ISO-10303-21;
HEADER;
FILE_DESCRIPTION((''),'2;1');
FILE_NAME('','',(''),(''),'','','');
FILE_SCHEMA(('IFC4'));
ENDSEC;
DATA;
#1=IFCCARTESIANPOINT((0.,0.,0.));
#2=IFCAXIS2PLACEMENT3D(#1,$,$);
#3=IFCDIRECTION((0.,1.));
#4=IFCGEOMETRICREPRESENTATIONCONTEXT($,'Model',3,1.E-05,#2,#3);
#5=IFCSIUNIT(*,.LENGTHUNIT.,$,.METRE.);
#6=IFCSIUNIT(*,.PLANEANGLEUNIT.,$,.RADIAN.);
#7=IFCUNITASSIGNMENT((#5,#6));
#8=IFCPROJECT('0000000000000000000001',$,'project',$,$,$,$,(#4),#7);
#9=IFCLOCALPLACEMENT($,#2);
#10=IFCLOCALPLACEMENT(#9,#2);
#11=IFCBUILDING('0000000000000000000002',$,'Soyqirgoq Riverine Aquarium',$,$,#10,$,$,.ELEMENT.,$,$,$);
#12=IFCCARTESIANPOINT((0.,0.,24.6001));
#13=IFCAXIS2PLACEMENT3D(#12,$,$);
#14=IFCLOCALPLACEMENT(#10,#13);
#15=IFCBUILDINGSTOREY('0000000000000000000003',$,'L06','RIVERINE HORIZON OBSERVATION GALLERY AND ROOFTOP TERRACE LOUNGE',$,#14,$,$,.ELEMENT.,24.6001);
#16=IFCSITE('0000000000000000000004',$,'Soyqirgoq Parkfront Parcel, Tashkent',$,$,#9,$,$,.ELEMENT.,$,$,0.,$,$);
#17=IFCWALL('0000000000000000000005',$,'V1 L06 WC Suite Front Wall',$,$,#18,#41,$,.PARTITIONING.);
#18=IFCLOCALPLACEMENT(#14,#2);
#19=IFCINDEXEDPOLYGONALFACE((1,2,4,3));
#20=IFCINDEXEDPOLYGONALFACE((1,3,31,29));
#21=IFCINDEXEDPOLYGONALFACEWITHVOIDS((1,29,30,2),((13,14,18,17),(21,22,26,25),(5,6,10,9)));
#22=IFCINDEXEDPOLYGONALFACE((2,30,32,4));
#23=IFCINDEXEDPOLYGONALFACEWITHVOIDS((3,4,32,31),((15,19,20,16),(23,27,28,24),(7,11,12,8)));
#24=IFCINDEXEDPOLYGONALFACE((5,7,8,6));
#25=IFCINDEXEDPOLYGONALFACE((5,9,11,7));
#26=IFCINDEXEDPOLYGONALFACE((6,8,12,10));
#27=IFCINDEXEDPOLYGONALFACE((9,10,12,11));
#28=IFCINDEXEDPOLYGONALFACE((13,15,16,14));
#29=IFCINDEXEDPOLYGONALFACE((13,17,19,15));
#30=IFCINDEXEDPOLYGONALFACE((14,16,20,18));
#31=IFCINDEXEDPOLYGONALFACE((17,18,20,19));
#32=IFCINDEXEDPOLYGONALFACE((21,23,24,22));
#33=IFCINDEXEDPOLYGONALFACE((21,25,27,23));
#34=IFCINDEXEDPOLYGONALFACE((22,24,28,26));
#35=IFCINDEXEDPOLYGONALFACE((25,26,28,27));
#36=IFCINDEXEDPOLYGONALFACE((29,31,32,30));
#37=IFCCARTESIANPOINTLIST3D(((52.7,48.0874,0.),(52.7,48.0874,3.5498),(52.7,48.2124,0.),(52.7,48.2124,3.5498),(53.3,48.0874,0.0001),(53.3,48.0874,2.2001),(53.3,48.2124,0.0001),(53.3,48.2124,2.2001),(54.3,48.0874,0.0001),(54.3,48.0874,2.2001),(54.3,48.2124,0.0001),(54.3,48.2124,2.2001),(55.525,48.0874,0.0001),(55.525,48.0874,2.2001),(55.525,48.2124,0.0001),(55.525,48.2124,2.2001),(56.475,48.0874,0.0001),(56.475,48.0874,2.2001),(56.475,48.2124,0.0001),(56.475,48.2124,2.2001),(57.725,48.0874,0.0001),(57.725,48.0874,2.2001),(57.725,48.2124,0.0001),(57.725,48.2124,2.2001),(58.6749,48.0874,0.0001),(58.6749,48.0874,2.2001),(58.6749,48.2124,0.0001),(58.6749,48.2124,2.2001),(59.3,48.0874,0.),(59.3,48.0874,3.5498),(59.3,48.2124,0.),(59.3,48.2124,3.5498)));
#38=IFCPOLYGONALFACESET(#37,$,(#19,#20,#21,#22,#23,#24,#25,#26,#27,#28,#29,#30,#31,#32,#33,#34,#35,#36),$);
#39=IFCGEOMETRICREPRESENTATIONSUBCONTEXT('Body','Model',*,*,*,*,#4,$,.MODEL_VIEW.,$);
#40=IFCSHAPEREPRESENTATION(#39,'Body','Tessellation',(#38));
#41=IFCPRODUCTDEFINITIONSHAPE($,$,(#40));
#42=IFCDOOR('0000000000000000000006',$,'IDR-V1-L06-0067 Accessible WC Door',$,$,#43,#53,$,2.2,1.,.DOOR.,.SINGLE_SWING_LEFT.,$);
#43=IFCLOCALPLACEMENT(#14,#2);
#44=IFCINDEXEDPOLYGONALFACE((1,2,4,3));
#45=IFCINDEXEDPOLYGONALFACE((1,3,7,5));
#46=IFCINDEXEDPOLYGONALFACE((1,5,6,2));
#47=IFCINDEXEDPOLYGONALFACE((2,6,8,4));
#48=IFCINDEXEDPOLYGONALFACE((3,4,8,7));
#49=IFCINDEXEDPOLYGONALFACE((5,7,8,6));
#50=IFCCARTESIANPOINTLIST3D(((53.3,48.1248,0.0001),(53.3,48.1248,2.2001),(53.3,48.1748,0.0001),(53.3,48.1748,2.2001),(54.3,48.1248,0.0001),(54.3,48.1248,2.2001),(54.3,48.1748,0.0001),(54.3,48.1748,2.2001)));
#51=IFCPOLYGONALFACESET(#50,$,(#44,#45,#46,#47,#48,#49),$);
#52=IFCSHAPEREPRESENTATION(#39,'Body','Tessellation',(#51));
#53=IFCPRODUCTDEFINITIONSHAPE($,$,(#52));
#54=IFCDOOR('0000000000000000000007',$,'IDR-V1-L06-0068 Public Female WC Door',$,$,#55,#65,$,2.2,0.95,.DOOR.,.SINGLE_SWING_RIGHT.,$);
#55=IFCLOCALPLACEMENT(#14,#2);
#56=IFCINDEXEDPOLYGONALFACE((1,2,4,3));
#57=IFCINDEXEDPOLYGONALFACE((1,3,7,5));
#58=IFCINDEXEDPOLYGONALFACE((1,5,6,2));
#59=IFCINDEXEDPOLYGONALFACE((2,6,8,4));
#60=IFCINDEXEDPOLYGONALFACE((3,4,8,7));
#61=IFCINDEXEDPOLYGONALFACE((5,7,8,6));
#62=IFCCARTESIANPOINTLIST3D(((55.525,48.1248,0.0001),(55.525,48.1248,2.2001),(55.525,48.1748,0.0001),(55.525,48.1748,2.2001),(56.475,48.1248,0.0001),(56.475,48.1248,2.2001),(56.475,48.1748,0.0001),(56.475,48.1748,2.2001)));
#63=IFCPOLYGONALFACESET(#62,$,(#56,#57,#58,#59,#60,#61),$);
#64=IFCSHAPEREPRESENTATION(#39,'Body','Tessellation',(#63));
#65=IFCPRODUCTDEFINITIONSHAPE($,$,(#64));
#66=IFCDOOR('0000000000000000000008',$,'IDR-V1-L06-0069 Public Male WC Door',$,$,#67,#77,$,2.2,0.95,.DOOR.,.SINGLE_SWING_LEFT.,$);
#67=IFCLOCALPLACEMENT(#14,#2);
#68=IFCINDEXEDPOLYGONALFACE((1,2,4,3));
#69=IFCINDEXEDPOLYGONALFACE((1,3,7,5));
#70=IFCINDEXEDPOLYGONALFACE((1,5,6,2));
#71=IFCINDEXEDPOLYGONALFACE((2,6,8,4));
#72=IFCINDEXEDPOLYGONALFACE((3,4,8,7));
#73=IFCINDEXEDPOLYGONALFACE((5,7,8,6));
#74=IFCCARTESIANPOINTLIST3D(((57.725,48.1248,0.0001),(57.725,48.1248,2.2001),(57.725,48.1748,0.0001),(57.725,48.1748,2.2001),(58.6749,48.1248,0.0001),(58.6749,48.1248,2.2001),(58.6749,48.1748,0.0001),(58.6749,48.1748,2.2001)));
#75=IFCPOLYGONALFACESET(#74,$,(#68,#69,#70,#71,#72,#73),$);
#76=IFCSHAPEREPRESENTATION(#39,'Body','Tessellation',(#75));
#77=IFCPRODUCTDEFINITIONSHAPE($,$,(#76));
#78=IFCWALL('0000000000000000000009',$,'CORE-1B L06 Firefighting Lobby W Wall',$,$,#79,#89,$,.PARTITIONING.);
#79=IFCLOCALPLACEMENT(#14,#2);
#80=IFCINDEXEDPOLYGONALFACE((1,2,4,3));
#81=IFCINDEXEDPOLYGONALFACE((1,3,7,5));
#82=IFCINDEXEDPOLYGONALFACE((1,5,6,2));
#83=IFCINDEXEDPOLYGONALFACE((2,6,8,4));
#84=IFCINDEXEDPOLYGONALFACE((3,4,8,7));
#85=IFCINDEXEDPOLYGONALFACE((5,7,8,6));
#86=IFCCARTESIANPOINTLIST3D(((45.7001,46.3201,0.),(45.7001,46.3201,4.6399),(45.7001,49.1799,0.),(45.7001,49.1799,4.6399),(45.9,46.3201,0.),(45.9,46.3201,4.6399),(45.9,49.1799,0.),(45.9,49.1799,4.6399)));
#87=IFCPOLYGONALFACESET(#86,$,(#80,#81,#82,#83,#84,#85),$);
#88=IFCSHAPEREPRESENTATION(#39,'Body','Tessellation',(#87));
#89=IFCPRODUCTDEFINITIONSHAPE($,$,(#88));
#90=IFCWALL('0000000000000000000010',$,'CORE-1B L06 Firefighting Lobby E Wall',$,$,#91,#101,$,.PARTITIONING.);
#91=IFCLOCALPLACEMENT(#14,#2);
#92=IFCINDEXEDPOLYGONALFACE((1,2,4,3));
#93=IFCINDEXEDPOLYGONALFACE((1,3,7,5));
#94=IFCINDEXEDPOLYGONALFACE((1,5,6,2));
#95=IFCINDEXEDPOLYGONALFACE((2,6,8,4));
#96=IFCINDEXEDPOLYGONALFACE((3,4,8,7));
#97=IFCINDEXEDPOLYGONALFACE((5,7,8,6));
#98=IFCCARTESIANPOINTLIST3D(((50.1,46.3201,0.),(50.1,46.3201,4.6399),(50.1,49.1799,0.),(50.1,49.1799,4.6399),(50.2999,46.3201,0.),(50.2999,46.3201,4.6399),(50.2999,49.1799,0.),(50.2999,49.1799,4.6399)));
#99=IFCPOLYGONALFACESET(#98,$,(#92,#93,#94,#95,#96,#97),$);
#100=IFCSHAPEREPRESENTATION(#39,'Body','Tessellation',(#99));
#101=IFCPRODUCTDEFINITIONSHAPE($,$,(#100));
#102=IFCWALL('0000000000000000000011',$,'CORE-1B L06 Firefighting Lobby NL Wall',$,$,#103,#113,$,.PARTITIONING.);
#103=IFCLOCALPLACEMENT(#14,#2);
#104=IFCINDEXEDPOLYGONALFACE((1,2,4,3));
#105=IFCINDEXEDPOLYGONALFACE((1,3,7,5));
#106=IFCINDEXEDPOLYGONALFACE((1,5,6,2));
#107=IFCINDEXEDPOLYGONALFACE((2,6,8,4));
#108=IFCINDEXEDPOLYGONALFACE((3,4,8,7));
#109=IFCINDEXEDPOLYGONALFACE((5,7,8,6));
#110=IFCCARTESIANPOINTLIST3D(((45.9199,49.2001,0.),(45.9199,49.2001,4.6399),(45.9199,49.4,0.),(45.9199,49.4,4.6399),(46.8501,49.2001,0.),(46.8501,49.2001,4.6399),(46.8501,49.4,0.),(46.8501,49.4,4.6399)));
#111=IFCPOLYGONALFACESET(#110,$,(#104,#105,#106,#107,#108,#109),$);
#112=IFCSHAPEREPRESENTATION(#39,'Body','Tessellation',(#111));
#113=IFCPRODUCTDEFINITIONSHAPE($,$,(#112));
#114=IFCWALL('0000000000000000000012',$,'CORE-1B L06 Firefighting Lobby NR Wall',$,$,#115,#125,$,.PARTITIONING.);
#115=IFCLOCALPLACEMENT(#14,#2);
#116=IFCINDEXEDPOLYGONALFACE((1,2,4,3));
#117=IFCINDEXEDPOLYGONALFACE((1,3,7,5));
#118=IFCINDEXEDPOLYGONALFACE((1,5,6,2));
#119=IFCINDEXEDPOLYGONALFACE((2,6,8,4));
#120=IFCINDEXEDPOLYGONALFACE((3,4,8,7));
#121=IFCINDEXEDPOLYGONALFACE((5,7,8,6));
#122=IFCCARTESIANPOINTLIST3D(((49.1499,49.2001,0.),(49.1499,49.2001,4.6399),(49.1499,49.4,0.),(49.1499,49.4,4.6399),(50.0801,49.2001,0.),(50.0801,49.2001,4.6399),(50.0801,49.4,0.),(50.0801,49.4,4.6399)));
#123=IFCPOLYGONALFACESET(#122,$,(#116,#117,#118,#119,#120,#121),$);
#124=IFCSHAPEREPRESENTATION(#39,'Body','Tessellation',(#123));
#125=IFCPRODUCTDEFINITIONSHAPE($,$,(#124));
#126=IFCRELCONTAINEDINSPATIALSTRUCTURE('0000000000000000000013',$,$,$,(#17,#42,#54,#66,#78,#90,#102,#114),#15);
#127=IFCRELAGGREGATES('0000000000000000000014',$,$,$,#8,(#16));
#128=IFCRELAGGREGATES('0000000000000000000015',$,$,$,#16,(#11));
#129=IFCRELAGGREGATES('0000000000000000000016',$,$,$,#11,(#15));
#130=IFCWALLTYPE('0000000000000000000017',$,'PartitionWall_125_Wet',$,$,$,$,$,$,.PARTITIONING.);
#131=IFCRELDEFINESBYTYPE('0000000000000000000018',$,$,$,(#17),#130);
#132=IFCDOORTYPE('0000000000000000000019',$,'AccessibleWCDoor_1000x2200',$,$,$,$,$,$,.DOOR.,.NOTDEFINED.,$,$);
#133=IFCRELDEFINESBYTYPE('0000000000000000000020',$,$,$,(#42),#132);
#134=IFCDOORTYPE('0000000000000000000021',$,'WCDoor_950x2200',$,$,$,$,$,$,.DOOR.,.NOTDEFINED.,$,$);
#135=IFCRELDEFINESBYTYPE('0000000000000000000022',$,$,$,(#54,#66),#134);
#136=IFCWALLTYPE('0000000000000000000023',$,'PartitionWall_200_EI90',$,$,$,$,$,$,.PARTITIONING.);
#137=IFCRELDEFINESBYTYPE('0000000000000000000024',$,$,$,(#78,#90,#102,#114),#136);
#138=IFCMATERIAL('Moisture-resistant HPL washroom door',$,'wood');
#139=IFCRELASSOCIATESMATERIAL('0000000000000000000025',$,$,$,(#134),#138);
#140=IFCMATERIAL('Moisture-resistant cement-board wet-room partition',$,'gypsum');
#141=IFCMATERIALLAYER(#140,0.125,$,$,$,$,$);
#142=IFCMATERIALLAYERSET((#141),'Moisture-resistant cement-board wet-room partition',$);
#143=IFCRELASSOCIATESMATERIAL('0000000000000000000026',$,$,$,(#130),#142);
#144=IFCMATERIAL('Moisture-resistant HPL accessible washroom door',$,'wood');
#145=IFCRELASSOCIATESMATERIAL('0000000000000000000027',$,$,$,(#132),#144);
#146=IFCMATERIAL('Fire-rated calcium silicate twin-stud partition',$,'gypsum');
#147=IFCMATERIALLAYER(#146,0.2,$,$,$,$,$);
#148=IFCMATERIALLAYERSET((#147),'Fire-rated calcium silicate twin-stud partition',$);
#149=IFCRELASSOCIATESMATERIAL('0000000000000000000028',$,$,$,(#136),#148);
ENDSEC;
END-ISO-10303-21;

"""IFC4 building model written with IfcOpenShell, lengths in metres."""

from ifc_helpers import new_model, si_unit, direction, frame, frame_2d, origin, place, context, subcontext, project, spatial, rectangle, extrude, material, layer, layer_set, type_object, element, fill, save


model = new_model("IFC4")

# Units and contexts
model_context = context("Model", 3, precision=1e-05, world=origin(), true_north=direction((0.0, 1.0)))
body_context = subcontext(model_context, "Body", "Model", "MODEL_VIEW")
ifc_project = project(units=[si_unit("LENGTHUNIT", "METRE"), si_unit("PLANEANGLEUNIT", "RADIAN")], contexts=[model_context])

# Site, building, storey
site_placement = place(None, origin())
site = spatial("IfcSite", under=ifc_project, at=site_placement, Name="Soyqirgoq Parkfront Parcel, Tashkent", CompositionType="ELEMENT", RefElevation=0.0)
building_placement = place(site_placement, origin())
building = spatial("IfcBuilding", under=site, at=building_placement, Name="Soyqirgoq Riverine Aquarium", CompositionType="ELEMENT")
storey_placement = place(building_placement, frame((0.0, 0.0, 24.6001)))
storey = spatial("IfcBuildingStorey", under=building, at=storey_placement, Name="L06", Description="RIVERINE HORIZON OBSERVATION GALLERY AND ROOFTOP TERRACE LOUNGE", CompositionType="ELEMENT", Elevation=24.6001)

# Shared definitions
ifc_material_1 = material(Name="Moisture-resistant HPL washroom door", Category="wood")
door_type_1 = type_object("IfcDoorType", Name="WCDoor_950x2200", OperationType="NOTDEFINED", PredefinedType="DOOR", material=ifc_material_1)

# Wall, openings, doors
ifc_material_2 = material(Name="Moisture-resistant cement-board wet-room partition", Category="gypsum")
ifc_layer_1 = layer(ifc_material_2, 0.125)
ifc_layer_set_1 = layer_set([ifc_layer_1], Name="Moisture-resistant cement-board wet-room partition")
wall_type_1 = type_object("IfcWallType", Name="PartitionWall_125_Wet", PredefinedType="PARTITIONING", material=ifc_layer_set_1)
wall_1_placement = place(storey_placement, frame((52.7, 48.1499, 0.0), z_axis=(0.0, 0.0, 1.0), x_axis=(1.0, 0.0, 0.0)))
wall_1 = element("IfcWall", 1, at=wall_1_placement, inside=storey, type_object=wall_type_1, Name="V1 L06 WC Suite Front Wall", PredefinedType="PARTITIONING", context=body_context, shape_type="SweptSolid", body=[
    extrude(rectangle(XDim=6.6001, YDim=0.125, at=frame_2d((3.3, 0.0))), origin(), (0.0, 0.0, 1.0), 3.5498),
])
opening_1_placement = place(wall_1_placement, frame((0.6001, 0.0, 0.0)))
opening_1 = element("IfcOpeningElement", 2, at=opening_1_placement, cuts=wall_1, PredefinedType="OPENING", context=body_context, shape_type="SweptSolid", body=[
    extrude(rectangle(XDim=1.0, YDim=2.2, at=frame_2d((0.5, 1.1001))), frame((0.0, 0.0725, 0.0), z_axis=(0.0, -1.0, 0.0), x_axis=(1.0, 0.0, 0.0)), (0.0, 0.0, 1.0), 0.145),
])
opening_2_placement = place(wall_1_placement, frame((2.825, 0.0, 0.0)))
opening_2 = element("IfcOpeningElement", 3, at=opening_2_placement, cuts=wall_1, PredefinedType="OPENING", context=body_context, shape_type="SweptSolid", body=[
    extrude(rectangle(XDim=0.95, YDim=2.2, at=frame_2d((0.4751, 1.1001))), frame((0.0, 0.0725, 0.0), z_axis=(0.0, -1.0, 0.0), x_axis=(1.0, 0.0, 0.0)), (0.0, 0.0, 1.0), 0.145),
])
opening_3_placement = place(wall_1_placement, frame((5.0249, 0.0, 0.0)))
opening_3 = element("IfcOpeningElement", 4, at=opening_3_placement, cuts=wall_1, PredefinedType="OPENING", context=body_context, shape_type="SweptSolid", body=[
    extrude(rectangle(XDim=0.95, YDim=2.2, at=frame_2d((0.4751, 1.1001))), frame((0.0, 0.0725, 0.0), z_axis=(0.0, -1.0, 0.0), x_axis=(1.0, 0.0, 0.0)), (0.0, 0.0, 1.0), 0.145),
])
ifc_material_3 = material(Name="Moisture-resistant HPL accessible washroom door", Category="wood")
door_type_2 = type_object("IfcDoorType", Name="AccessibleWCDoor_1000x2200", OperationType="NOTDEFINED", PredefinedType="DOOR", material=ifc_material_3)
door_1_placement = place(opening_1_placement, origin())
door_1 = element("IfcDoor", 5, at=door_1_placement, inside=storey, type_object=door_type_2, Name="IDR-V1-L06-0067 Accessible WC Door", OperationType="SINGLE_SWING_LEFT", OverallHeight=2.2, OverallWidth=1.0, PredefinedType="DOOR", context=body_context, shape_type="SweptSolid", body=[
    extrude(rectangle(XDim=1.0, YDim=2.2, at=frame_2d((0.5, 1.1001))), frame((0.0, 0.0249, 0.0), z_axis=(0.0, -1.0, 0.0), x_axis=(1.0, 0.0, 0.0)), (0.0, 0.0, 1.0), 0.05),
])
fill(opening_1, door_1)
door_2_placement = place(opening_2_placement, origin())
door_2 = element("IfcDoor", 6, at=door_2_placement, inside=storey, type_object=door_type_1, Name="IDR-V1-L06-0068 Public Female WC Door", OperationType="SINGLE_SWING_RIGHT", OverallHeight=2.2, OverallWidth=0.95, PredefinedType="DOOR", context=body_context, shape_type="SweptSolid", body=[
    extrude(rectangle(XDim=0.95, YDim=2.2, at=frame_2d((0.4751, 1.1001))), frame((0.0, 0.0249, 0.0), z_axis=(0.0, -1.0, 0.0), x_axis=(1.0, 0.0, 0.0)), (0.0, 0.0, 1.0), 0.05),
])
fill(opening_2, door_2)
door_3_placement = place(opening_3_placement, origin())
door_3 = element("IfcDoor", 7, at=door_3_placement, inside=storey, type_object=door_type_1, Name="IDR-V1-L06-0069 Public Male WC Door", OperationType="SINGLE_SWING_LEFT", OverallHeight=2.2, OverallWidth=0.95, PredefinedType="DOOR", context=body_context, shape_type="SweptSolid", body=[
    extrude(rectangle(XDim=0.95, YDim=2.2, at=frame_2d((0.4751, 1.1001))), frame((0.0, 0.0249, 0.0), z_axis=(0.0, -1.0, 0.0), x_axis=(1.0, 0.0, 0.0)), (0.0, 0.0, 1.0), 0.05),
])
fill(opening_3, door_3)

# Shared definitions
ifc_material_4 = material(Name="Fire-rated calcium silicate twin-stud partition", Category="gypsum")
ifc_layer_2 = layer(ifc_material_4, 0.2)
ifc_layer_set_2 = layer_set([ifc_layer_2], Name="Fire-rated calcium silicate twin-stud partition")
wall_type_2 = type_object("IfcWallType", Name="PartitionWall_200_EI90", PredefinedType="PARTITIONING", material=ifc_layer_set_2)

# Walls
for number, where, z_axis, x_axis, name in (
    (8, (45.8, 46.3201, 0.0), (0.0, 0.0, 1.0), (0.0, 1.0, 0.0), "CORE-1B L06 Firefighting Lobby W Wall"),
    (9, (50.2, 46.3201, 0.0), (0.0, 0.0, 1.0), (0.0, 1.0, 0.0), "CORE-1B L06 Firefighting Lobby E Wall"),
):
    element("IfcWall", number, at=place(storey_placement, frame(where, z_axis=z_axis, x_axis=x_axis)), inside=storey, type_object=wall_type_2, Name=name, PredefinedType="PARTITIONING", context=body_context, shape_type="SweptSolid", body=[
        extrude(rectangle(XDim=2.8599, YDim=0.2, at=frame_2d((1.4299, 0.0))), origin(), (0.0, 0.0, 1.0), 4.6399),
    ])
for number, where, z_axis, x_axis, name in (
    (10, (45.9199, 49.3, 0.0), (0.0, 0.0, 1.0), (1.0, 0.0, 0.0), "CORE-1B L06 Firefighting Lobby NL Wall"),
    (11, (49.1499, 49.3, 0.0), (0.0, 0.0, 1.0), (1.0, 0.0, 0.0), "CORE-1B L06 Firefighting Lobby NR Wall"),
):
    element("IfcWall", number, at=place(storey_placement, frame(where, z_axis=z_axis, x_axis=x_axis)), inside=storey, type_object=wall_type_2, Name=name, PredefinedType="PARTITIONING", context=body_context, shape_type="SweptSolid", body=[
        extrude(rectangle(XDim=0.9302, YDim=0.2, at=frame_2d((0.4651, 0.0))), origin(), (0.0, 0.0, 1.0), 4.6399),
    ])

save(model, "model.ifc")
